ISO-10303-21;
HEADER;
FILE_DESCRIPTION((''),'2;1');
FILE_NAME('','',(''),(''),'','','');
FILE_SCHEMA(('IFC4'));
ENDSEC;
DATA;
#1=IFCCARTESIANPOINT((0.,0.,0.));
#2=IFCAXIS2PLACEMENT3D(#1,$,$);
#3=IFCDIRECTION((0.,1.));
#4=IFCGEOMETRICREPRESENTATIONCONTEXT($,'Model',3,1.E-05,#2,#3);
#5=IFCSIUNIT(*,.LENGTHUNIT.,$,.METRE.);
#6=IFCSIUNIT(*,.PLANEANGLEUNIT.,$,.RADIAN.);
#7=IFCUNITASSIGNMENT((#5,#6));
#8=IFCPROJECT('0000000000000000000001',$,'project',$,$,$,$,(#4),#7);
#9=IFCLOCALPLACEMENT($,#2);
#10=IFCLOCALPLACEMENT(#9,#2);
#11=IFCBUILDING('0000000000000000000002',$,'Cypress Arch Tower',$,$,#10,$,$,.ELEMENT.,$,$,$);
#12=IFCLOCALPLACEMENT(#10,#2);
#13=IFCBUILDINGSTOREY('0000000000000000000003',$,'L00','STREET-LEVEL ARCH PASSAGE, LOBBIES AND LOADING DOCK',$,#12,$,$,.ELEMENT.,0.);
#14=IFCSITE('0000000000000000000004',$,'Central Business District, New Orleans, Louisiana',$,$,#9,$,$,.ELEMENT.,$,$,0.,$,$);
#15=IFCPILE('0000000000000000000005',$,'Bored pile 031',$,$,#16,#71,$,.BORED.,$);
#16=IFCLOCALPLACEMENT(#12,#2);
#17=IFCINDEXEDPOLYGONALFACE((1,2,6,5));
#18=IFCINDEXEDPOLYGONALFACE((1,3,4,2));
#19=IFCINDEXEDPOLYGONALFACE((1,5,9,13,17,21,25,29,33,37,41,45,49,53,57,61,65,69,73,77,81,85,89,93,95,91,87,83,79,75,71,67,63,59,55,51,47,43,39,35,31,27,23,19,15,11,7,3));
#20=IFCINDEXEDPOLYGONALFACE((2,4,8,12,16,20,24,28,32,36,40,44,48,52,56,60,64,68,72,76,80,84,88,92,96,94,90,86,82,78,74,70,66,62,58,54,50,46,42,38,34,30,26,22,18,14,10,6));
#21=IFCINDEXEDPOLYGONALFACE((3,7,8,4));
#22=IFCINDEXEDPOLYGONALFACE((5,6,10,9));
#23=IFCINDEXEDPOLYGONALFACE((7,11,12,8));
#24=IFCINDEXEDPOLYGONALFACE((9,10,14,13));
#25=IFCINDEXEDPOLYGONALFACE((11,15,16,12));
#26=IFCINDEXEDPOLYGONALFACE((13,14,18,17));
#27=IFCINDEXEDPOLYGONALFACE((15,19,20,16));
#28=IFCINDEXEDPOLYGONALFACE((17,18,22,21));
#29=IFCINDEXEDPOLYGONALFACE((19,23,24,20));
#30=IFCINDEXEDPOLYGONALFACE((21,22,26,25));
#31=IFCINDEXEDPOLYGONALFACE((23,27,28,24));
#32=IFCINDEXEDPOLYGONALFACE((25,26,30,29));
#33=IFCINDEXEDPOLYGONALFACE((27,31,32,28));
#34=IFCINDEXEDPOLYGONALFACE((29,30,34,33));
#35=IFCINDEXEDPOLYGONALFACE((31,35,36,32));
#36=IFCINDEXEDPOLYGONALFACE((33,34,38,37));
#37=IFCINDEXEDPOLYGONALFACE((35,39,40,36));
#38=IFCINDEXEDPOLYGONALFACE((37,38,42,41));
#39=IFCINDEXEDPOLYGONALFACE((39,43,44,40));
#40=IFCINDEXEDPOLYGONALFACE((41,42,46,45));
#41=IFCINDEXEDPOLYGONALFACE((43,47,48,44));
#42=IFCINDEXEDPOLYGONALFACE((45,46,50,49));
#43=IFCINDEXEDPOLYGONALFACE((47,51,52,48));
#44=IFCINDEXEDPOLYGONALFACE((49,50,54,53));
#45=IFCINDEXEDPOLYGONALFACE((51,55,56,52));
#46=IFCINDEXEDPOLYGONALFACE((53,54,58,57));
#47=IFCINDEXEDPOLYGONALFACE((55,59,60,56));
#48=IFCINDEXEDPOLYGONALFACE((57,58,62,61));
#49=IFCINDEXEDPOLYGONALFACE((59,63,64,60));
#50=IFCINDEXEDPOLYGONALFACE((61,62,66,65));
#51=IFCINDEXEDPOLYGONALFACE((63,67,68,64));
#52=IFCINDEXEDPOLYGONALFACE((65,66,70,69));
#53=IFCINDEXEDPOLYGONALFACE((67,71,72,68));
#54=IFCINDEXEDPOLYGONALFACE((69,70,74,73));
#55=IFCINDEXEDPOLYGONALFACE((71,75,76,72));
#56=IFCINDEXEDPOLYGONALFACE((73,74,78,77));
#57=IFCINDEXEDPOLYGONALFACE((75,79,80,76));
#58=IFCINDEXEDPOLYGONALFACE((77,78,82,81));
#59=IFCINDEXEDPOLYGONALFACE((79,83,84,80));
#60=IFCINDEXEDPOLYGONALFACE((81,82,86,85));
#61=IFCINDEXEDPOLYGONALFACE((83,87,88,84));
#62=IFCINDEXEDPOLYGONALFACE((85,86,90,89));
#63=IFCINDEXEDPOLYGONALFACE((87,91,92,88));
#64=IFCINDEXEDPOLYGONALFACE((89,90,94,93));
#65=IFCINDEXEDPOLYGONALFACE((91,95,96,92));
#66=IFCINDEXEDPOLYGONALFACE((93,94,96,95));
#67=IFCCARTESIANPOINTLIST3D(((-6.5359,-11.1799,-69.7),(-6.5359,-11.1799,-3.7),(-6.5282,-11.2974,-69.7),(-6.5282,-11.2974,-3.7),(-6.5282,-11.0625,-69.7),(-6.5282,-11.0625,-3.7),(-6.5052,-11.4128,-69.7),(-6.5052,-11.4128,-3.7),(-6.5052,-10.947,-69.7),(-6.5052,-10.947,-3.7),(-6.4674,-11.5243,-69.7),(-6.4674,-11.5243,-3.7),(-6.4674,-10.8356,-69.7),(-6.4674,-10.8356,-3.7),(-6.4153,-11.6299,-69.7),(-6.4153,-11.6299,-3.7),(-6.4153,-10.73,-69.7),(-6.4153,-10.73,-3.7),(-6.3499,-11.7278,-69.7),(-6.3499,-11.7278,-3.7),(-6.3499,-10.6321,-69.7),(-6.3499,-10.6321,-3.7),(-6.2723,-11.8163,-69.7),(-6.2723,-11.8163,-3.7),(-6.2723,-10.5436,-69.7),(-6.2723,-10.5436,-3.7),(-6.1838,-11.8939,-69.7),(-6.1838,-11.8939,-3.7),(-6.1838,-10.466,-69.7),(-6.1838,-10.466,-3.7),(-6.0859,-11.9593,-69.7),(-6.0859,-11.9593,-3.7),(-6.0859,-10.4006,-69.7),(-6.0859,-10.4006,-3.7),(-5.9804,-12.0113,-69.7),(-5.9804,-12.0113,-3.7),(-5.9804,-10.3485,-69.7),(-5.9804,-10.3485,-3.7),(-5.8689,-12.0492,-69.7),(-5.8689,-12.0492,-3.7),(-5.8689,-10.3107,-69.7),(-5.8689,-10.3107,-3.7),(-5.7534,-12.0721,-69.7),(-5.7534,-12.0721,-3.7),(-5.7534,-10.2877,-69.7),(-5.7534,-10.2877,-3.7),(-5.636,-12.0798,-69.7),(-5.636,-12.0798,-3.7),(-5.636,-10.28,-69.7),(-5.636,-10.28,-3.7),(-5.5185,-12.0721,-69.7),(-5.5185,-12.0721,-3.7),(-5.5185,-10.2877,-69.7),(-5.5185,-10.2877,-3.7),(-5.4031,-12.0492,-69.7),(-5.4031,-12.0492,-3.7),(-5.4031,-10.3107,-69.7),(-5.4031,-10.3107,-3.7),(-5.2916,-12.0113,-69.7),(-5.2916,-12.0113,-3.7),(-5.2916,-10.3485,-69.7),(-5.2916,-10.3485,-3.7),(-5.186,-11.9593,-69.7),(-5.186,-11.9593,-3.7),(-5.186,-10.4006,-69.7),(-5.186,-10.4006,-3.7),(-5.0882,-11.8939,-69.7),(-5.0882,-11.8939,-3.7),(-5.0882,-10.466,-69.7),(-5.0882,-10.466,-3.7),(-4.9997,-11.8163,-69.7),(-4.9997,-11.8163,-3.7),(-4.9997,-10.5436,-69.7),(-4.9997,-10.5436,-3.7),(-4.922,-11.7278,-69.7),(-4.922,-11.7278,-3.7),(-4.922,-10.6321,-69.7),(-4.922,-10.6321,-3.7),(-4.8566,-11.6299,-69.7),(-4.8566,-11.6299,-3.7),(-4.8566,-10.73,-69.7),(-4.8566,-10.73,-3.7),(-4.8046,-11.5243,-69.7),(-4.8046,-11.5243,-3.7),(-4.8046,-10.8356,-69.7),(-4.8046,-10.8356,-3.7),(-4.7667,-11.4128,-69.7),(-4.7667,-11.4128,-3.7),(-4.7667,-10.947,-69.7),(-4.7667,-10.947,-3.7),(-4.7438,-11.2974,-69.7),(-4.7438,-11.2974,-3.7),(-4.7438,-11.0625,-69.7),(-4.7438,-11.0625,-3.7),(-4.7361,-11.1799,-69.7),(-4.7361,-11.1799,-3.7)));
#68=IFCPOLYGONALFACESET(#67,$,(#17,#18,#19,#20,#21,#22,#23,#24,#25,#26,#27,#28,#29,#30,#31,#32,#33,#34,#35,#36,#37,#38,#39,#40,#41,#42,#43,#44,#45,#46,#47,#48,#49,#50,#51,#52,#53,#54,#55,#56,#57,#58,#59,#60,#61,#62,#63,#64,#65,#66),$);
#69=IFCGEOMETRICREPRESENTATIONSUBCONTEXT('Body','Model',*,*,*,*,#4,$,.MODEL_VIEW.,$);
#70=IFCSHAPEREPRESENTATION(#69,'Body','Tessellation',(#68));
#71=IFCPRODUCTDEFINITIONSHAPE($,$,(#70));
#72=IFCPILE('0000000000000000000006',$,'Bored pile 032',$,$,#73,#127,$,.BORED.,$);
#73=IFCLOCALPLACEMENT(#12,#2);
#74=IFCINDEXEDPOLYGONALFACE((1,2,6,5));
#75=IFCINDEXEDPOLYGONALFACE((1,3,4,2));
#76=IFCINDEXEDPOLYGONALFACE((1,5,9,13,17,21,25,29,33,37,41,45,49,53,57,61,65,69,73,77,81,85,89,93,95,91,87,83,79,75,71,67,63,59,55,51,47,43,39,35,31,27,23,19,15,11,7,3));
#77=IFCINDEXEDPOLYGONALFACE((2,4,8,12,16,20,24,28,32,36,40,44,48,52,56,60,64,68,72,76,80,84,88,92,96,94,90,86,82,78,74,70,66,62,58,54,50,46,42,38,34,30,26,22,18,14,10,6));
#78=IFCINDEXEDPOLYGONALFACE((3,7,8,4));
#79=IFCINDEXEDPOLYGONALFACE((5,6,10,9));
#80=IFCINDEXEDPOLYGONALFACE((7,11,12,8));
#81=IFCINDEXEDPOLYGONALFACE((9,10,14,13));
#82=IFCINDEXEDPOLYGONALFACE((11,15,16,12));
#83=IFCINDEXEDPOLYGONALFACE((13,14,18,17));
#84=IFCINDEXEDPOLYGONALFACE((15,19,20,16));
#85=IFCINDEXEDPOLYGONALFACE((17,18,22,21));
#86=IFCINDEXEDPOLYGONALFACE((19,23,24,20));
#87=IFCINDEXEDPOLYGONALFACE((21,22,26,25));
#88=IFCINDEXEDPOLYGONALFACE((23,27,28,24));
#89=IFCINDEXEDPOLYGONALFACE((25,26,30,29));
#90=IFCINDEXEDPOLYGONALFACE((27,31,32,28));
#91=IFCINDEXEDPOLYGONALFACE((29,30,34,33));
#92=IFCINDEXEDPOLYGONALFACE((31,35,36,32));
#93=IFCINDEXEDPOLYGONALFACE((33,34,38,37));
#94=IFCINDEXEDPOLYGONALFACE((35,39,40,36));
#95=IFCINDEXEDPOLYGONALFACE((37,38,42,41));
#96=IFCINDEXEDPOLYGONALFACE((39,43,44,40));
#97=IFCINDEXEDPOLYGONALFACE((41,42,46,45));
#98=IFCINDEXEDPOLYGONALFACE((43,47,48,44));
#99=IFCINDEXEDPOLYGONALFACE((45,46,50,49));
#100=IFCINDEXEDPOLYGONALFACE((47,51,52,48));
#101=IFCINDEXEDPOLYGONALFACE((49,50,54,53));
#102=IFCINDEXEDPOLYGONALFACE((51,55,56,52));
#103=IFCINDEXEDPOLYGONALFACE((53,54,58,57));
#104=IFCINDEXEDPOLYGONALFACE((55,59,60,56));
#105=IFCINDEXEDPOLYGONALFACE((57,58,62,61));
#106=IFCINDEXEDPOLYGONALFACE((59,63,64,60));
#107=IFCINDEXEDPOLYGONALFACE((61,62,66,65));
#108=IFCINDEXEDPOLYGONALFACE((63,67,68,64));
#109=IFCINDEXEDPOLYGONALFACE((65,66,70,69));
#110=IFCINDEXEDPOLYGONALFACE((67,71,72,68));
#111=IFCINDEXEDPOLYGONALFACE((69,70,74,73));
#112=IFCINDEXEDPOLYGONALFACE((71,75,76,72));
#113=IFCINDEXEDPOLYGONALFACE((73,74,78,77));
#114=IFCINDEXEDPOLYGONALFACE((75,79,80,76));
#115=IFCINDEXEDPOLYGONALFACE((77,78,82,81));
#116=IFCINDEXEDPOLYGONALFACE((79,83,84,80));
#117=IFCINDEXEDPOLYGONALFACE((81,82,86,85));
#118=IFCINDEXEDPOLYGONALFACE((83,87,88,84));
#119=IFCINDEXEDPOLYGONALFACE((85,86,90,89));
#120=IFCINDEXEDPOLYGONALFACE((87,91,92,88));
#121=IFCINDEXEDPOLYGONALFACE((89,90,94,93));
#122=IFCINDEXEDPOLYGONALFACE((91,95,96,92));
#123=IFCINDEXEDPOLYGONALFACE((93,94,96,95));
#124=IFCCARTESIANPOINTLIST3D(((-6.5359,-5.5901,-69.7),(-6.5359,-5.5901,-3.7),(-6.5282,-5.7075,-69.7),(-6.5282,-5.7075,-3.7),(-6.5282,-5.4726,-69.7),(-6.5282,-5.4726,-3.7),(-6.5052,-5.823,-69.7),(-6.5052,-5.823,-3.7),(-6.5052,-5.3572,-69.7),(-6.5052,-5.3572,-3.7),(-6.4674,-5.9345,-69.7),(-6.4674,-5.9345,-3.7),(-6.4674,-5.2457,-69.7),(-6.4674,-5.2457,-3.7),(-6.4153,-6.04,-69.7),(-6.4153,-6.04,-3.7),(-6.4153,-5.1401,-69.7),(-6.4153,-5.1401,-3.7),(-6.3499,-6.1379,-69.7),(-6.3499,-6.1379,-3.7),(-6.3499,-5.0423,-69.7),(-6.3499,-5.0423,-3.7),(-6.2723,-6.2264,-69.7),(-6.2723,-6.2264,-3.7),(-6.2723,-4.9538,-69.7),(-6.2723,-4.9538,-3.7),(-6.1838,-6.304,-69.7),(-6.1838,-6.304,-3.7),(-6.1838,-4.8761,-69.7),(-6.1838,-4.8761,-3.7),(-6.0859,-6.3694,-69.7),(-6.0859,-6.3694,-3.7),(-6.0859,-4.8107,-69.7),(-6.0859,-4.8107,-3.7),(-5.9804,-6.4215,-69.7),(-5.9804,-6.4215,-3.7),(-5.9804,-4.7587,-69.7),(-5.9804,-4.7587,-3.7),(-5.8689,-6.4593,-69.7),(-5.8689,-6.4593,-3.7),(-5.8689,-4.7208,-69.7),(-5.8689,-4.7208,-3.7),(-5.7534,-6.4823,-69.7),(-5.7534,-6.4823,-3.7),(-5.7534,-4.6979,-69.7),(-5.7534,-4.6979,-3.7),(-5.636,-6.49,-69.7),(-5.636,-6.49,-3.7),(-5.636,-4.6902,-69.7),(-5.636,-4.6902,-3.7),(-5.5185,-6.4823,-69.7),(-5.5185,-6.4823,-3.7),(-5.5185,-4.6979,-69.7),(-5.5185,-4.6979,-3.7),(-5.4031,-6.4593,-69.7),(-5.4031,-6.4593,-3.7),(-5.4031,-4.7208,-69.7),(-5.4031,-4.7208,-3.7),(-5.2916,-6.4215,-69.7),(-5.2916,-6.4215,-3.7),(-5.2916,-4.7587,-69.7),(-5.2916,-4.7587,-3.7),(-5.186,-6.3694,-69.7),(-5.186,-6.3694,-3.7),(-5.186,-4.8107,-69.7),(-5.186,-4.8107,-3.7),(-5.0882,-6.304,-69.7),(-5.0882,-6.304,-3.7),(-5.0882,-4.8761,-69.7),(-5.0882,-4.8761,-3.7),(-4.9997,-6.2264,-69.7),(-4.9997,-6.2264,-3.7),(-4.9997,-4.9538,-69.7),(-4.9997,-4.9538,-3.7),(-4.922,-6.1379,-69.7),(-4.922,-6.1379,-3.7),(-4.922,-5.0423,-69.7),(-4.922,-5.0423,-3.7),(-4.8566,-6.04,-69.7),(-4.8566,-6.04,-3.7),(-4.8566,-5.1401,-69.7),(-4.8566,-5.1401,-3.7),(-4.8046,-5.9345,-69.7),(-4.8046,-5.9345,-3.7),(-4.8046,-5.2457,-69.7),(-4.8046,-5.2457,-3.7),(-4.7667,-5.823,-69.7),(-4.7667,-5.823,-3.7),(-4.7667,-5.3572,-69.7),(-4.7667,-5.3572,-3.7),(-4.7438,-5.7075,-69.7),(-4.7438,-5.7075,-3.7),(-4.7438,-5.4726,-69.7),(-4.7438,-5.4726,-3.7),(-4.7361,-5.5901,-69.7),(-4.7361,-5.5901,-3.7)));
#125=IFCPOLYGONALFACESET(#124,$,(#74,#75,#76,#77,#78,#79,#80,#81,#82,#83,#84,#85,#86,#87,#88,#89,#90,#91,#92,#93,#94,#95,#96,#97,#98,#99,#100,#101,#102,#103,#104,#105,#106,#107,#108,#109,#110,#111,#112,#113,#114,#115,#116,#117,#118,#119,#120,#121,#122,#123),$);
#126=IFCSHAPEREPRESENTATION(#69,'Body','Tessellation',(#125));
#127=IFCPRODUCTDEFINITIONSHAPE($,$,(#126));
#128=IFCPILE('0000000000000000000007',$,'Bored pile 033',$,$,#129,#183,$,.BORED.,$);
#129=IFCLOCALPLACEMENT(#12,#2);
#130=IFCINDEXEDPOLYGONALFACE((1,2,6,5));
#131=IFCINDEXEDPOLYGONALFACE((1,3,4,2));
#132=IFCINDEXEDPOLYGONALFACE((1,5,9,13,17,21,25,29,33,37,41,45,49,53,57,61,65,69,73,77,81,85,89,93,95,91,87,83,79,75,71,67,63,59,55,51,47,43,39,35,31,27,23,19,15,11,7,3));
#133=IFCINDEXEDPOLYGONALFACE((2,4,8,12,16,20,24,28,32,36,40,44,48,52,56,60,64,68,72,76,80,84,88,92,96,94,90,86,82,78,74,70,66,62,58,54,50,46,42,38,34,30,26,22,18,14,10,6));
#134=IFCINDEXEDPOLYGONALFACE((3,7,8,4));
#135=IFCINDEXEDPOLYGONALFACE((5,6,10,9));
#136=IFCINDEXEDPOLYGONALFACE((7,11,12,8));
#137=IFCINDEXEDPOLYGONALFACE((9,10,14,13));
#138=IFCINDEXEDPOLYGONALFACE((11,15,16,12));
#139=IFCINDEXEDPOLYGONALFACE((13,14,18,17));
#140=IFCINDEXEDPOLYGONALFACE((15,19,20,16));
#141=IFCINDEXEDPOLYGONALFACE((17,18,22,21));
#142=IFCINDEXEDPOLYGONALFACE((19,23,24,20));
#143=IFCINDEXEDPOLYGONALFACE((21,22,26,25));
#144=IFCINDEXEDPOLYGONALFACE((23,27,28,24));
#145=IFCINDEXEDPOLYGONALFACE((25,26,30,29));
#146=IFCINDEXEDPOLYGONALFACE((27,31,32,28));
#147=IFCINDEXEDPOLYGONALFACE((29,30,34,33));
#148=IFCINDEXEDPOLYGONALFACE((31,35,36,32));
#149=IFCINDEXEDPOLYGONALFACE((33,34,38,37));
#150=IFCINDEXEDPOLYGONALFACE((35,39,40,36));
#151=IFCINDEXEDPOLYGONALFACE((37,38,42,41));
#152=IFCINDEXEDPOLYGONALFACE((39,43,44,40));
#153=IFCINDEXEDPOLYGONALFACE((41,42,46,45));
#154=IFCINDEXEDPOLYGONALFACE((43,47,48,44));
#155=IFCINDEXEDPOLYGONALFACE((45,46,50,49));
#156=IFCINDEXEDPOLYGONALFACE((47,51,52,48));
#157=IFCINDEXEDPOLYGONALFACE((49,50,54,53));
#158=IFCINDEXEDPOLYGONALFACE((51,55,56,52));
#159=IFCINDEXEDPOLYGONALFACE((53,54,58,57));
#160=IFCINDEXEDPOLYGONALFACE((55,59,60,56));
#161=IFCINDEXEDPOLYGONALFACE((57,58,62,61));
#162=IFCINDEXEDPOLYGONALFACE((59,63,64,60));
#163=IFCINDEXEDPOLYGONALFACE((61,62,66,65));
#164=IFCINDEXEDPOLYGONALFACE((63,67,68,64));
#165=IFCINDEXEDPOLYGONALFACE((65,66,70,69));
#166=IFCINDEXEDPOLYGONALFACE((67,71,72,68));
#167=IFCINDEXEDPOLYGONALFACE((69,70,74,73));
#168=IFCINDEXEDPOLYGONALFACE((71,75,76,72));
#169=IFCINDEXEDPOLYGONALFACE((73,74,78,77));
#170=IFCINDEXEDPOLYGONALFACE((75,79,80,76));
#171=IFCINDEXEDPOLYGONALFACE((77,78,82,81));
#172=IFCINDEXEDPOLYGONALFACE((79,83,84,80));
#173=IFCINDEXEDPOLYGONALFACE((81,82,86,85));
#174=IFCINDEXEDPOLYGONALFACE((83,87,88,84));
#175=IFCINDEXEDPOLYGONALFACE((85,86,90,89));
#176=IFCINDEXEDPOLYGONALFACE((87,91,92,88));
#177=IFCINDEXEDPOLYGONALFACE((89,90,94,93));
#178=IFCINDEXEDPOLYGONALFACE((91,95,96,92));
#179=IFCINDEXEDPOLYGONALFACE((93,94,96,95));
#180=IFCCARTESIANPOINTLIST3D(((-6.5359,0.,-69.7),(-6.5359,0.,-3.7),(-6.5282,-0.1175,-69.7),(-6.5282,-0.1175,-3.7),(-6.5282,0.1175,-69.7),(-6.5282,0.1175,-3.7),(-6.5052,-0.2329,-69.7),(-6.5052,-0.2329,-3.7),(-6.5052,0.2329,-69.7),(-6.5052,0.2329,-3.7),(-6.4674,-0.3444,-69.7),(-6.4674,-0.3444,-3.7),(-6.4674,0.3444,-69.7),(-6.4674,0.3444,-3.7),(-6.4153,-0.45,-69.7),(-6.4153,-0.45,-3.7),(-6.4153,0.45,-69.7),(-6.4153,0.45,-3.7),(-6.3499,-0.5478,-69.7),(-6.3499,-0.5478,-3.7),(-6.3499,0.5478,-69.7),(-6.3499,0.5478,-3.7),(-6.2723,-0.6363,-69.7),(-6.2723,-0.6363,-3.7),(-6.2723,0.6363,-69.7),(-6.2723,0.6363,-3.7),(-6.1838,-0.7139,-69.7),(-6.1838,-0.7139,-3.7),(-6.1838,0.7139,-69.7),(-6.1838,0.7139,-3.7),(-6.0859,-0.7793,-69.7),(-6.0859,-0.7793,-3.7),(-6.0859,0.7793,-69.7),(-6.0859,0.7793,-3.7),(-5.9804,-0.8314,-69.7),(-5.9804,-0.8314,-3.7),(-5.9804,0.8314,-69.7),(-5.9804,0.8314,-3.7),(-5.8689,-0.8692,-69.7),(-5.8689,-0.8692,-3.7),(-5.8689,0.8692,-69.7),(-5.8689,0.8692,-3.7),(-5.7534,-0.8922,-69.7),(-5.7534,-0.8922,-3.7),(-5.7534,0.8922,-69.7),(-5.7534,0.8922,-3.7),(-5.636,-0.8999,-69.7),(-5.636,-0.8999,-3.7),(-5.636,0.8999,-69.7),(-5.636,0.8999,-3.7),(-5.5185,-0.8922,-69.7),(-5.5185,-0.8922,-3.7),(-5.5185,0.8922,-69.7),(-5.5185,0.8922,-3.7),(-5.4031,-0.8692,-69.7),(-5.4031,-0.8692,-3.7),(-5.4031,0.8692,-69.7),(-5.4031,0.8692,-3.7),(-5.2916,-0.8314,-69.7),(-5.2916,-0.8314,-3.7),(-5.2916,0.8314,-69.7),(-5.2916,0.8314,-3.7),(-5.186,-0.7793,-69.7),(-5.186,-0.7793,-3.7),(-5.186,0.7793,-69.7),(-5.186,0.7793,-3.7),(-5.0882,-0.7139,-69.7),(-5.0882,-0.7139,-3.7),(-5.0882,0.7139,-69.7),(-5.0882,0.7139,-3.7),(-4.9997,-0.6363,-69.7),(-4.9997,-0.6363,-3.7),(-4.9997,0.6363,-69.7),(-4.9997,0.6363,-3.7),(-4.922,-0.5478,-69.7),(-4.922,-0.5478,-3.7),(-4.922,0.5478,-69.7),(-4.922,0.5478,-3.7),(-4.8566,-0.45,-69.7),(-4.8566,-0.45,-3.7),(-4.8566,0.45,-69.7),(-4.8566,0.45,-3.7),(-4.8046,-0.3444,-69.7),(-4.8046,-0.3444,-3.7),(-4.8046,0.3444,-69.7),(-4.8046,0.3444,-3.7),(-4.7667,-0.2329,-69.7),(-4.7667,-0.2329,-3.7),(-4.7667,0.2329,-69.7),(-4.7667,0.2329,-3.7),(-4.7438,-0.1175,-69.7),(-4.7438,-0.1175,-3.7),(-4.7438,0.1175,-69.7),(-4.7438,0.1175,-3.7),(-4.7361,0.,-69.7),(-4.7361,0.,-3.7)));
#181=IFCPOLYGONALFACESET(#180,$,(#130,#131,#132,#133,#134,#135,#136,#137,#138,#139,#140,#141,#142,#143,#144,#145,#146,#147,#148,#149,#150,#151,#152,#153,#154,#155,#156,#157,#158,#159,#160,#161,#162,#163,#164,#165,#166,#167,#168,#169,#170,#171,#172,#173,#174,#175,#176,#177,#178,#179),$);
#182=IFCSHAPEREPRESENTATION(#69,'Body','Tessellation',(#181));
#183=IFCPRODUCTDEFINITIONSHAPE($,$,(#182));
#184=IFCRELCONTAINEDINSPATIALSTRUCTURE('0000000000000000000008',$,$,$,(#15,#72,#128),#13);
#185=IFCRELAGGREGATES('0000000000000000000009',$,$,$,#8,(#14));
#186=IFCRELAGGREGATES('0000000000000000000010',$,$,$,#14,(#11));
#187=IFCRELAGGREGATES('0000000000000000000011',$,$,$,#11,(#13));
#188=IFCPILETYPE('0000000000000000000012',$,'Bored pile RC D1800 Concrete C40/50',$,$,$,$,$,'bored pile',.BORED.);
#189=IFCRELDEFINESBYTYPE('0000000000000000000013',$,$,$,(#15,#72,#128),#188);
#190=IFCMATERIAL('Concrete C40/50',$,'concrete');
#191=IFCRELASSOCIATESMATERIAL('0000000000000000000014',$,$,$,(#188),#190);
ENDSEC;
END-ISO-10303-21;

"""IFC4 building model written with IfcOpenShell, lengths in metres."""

from ifc_helpers import new_model, si_unit, direction, frame, origin, origin_2d, place, context, subcontext, project, spatial, circle, extrude, material, material_profile, profile_set, type_object, element, save


model = new_model("IFC4")

# Units and contexts
model_context = context("Model", 3, precision=1e-05, world=origin(), true_north=direction((0.0, 1.0)))
body_context = subcontext(model_context, "Body", "Model", "MODEL_VIEW")
ifc_project = project(units=[si_unit("LENGTHUNIT", "METRE"), si_unit("PLANEANGLEUNIT", "RADIAN")], contexts=[model_context])

# Site, building, storey
site_placement = place(None, origin())
site = spatial("IfcSite", under=ifc_project, at=site_placement, Name="Central Business District, New Orleans, Louisiana", CompositionType="ELEMENT", RefElevation=0.0)
building_placement = place(site_placement, origin())
building = spatial("IfcBuilding", under=site, at=building_placement, Name="Cypress Arch Tower", CompositionType="ELEMENT")
storey_placement = place(building_placement, origin())
storey = spatial("IfcBuildingStorey", under=building, at=storey_placement, Name="L00", Description="STREET-LEVEL ARCH PASSAGE, LOBBIES AND LOADING DOCK", CompositionType="ELEMENT", Elevation=0.0)

# Piles
ifc_material_1 = material(Name="Concrete C40/50", Category="concrete")
ifc_material_profile = material_profile(ifc_material_1, circle(Radius=0.8999, at=origin_2d()), Name="RC D1800")
ifc_profile_set = profile_set([ifc_material_profile], Name="Concrete C40/50")
pile_type = type_object("IfcPileType", Name="Bored pile RC D1800 Concrete C40/50", ElementType="bored pile", PredefinedType="BORED", material=ifc_profile_set)
for number, where, z_axis, x_axis, name in (
    (1, (-5.636, -11.1799, -3.7), (0.0, 0.0, -1.0), (1.0, 0.0, 0.0), "Bored pile 031"),
    (2, (-5.636, -5.5901, -3.7), (0.0, 0.0, -1.0), (1.0, 0.0, 0.0), "Bored pile 032"),
    (3, (-5.636, 0.0, -3.7), (0.0, 0.0, -1.0), (1.0, 0.0, 0.0), "Bored pile 033"),
):
    element("IfcPile", number, at=place(storey_placement, frame(where, z_axis=z_axis, x_axis=x_axis)), inside=storey, type_object=pile_type, Name=name, PredefinedType="BORED", context=body_context, shape_type="SweptSolid", body=[
        extrude(circle(Radius=0.8999, at=origin_2d()), origin(), (0.0, 0.0, 1.0), 66.0),
    ])

save(model, "model.ifc")
